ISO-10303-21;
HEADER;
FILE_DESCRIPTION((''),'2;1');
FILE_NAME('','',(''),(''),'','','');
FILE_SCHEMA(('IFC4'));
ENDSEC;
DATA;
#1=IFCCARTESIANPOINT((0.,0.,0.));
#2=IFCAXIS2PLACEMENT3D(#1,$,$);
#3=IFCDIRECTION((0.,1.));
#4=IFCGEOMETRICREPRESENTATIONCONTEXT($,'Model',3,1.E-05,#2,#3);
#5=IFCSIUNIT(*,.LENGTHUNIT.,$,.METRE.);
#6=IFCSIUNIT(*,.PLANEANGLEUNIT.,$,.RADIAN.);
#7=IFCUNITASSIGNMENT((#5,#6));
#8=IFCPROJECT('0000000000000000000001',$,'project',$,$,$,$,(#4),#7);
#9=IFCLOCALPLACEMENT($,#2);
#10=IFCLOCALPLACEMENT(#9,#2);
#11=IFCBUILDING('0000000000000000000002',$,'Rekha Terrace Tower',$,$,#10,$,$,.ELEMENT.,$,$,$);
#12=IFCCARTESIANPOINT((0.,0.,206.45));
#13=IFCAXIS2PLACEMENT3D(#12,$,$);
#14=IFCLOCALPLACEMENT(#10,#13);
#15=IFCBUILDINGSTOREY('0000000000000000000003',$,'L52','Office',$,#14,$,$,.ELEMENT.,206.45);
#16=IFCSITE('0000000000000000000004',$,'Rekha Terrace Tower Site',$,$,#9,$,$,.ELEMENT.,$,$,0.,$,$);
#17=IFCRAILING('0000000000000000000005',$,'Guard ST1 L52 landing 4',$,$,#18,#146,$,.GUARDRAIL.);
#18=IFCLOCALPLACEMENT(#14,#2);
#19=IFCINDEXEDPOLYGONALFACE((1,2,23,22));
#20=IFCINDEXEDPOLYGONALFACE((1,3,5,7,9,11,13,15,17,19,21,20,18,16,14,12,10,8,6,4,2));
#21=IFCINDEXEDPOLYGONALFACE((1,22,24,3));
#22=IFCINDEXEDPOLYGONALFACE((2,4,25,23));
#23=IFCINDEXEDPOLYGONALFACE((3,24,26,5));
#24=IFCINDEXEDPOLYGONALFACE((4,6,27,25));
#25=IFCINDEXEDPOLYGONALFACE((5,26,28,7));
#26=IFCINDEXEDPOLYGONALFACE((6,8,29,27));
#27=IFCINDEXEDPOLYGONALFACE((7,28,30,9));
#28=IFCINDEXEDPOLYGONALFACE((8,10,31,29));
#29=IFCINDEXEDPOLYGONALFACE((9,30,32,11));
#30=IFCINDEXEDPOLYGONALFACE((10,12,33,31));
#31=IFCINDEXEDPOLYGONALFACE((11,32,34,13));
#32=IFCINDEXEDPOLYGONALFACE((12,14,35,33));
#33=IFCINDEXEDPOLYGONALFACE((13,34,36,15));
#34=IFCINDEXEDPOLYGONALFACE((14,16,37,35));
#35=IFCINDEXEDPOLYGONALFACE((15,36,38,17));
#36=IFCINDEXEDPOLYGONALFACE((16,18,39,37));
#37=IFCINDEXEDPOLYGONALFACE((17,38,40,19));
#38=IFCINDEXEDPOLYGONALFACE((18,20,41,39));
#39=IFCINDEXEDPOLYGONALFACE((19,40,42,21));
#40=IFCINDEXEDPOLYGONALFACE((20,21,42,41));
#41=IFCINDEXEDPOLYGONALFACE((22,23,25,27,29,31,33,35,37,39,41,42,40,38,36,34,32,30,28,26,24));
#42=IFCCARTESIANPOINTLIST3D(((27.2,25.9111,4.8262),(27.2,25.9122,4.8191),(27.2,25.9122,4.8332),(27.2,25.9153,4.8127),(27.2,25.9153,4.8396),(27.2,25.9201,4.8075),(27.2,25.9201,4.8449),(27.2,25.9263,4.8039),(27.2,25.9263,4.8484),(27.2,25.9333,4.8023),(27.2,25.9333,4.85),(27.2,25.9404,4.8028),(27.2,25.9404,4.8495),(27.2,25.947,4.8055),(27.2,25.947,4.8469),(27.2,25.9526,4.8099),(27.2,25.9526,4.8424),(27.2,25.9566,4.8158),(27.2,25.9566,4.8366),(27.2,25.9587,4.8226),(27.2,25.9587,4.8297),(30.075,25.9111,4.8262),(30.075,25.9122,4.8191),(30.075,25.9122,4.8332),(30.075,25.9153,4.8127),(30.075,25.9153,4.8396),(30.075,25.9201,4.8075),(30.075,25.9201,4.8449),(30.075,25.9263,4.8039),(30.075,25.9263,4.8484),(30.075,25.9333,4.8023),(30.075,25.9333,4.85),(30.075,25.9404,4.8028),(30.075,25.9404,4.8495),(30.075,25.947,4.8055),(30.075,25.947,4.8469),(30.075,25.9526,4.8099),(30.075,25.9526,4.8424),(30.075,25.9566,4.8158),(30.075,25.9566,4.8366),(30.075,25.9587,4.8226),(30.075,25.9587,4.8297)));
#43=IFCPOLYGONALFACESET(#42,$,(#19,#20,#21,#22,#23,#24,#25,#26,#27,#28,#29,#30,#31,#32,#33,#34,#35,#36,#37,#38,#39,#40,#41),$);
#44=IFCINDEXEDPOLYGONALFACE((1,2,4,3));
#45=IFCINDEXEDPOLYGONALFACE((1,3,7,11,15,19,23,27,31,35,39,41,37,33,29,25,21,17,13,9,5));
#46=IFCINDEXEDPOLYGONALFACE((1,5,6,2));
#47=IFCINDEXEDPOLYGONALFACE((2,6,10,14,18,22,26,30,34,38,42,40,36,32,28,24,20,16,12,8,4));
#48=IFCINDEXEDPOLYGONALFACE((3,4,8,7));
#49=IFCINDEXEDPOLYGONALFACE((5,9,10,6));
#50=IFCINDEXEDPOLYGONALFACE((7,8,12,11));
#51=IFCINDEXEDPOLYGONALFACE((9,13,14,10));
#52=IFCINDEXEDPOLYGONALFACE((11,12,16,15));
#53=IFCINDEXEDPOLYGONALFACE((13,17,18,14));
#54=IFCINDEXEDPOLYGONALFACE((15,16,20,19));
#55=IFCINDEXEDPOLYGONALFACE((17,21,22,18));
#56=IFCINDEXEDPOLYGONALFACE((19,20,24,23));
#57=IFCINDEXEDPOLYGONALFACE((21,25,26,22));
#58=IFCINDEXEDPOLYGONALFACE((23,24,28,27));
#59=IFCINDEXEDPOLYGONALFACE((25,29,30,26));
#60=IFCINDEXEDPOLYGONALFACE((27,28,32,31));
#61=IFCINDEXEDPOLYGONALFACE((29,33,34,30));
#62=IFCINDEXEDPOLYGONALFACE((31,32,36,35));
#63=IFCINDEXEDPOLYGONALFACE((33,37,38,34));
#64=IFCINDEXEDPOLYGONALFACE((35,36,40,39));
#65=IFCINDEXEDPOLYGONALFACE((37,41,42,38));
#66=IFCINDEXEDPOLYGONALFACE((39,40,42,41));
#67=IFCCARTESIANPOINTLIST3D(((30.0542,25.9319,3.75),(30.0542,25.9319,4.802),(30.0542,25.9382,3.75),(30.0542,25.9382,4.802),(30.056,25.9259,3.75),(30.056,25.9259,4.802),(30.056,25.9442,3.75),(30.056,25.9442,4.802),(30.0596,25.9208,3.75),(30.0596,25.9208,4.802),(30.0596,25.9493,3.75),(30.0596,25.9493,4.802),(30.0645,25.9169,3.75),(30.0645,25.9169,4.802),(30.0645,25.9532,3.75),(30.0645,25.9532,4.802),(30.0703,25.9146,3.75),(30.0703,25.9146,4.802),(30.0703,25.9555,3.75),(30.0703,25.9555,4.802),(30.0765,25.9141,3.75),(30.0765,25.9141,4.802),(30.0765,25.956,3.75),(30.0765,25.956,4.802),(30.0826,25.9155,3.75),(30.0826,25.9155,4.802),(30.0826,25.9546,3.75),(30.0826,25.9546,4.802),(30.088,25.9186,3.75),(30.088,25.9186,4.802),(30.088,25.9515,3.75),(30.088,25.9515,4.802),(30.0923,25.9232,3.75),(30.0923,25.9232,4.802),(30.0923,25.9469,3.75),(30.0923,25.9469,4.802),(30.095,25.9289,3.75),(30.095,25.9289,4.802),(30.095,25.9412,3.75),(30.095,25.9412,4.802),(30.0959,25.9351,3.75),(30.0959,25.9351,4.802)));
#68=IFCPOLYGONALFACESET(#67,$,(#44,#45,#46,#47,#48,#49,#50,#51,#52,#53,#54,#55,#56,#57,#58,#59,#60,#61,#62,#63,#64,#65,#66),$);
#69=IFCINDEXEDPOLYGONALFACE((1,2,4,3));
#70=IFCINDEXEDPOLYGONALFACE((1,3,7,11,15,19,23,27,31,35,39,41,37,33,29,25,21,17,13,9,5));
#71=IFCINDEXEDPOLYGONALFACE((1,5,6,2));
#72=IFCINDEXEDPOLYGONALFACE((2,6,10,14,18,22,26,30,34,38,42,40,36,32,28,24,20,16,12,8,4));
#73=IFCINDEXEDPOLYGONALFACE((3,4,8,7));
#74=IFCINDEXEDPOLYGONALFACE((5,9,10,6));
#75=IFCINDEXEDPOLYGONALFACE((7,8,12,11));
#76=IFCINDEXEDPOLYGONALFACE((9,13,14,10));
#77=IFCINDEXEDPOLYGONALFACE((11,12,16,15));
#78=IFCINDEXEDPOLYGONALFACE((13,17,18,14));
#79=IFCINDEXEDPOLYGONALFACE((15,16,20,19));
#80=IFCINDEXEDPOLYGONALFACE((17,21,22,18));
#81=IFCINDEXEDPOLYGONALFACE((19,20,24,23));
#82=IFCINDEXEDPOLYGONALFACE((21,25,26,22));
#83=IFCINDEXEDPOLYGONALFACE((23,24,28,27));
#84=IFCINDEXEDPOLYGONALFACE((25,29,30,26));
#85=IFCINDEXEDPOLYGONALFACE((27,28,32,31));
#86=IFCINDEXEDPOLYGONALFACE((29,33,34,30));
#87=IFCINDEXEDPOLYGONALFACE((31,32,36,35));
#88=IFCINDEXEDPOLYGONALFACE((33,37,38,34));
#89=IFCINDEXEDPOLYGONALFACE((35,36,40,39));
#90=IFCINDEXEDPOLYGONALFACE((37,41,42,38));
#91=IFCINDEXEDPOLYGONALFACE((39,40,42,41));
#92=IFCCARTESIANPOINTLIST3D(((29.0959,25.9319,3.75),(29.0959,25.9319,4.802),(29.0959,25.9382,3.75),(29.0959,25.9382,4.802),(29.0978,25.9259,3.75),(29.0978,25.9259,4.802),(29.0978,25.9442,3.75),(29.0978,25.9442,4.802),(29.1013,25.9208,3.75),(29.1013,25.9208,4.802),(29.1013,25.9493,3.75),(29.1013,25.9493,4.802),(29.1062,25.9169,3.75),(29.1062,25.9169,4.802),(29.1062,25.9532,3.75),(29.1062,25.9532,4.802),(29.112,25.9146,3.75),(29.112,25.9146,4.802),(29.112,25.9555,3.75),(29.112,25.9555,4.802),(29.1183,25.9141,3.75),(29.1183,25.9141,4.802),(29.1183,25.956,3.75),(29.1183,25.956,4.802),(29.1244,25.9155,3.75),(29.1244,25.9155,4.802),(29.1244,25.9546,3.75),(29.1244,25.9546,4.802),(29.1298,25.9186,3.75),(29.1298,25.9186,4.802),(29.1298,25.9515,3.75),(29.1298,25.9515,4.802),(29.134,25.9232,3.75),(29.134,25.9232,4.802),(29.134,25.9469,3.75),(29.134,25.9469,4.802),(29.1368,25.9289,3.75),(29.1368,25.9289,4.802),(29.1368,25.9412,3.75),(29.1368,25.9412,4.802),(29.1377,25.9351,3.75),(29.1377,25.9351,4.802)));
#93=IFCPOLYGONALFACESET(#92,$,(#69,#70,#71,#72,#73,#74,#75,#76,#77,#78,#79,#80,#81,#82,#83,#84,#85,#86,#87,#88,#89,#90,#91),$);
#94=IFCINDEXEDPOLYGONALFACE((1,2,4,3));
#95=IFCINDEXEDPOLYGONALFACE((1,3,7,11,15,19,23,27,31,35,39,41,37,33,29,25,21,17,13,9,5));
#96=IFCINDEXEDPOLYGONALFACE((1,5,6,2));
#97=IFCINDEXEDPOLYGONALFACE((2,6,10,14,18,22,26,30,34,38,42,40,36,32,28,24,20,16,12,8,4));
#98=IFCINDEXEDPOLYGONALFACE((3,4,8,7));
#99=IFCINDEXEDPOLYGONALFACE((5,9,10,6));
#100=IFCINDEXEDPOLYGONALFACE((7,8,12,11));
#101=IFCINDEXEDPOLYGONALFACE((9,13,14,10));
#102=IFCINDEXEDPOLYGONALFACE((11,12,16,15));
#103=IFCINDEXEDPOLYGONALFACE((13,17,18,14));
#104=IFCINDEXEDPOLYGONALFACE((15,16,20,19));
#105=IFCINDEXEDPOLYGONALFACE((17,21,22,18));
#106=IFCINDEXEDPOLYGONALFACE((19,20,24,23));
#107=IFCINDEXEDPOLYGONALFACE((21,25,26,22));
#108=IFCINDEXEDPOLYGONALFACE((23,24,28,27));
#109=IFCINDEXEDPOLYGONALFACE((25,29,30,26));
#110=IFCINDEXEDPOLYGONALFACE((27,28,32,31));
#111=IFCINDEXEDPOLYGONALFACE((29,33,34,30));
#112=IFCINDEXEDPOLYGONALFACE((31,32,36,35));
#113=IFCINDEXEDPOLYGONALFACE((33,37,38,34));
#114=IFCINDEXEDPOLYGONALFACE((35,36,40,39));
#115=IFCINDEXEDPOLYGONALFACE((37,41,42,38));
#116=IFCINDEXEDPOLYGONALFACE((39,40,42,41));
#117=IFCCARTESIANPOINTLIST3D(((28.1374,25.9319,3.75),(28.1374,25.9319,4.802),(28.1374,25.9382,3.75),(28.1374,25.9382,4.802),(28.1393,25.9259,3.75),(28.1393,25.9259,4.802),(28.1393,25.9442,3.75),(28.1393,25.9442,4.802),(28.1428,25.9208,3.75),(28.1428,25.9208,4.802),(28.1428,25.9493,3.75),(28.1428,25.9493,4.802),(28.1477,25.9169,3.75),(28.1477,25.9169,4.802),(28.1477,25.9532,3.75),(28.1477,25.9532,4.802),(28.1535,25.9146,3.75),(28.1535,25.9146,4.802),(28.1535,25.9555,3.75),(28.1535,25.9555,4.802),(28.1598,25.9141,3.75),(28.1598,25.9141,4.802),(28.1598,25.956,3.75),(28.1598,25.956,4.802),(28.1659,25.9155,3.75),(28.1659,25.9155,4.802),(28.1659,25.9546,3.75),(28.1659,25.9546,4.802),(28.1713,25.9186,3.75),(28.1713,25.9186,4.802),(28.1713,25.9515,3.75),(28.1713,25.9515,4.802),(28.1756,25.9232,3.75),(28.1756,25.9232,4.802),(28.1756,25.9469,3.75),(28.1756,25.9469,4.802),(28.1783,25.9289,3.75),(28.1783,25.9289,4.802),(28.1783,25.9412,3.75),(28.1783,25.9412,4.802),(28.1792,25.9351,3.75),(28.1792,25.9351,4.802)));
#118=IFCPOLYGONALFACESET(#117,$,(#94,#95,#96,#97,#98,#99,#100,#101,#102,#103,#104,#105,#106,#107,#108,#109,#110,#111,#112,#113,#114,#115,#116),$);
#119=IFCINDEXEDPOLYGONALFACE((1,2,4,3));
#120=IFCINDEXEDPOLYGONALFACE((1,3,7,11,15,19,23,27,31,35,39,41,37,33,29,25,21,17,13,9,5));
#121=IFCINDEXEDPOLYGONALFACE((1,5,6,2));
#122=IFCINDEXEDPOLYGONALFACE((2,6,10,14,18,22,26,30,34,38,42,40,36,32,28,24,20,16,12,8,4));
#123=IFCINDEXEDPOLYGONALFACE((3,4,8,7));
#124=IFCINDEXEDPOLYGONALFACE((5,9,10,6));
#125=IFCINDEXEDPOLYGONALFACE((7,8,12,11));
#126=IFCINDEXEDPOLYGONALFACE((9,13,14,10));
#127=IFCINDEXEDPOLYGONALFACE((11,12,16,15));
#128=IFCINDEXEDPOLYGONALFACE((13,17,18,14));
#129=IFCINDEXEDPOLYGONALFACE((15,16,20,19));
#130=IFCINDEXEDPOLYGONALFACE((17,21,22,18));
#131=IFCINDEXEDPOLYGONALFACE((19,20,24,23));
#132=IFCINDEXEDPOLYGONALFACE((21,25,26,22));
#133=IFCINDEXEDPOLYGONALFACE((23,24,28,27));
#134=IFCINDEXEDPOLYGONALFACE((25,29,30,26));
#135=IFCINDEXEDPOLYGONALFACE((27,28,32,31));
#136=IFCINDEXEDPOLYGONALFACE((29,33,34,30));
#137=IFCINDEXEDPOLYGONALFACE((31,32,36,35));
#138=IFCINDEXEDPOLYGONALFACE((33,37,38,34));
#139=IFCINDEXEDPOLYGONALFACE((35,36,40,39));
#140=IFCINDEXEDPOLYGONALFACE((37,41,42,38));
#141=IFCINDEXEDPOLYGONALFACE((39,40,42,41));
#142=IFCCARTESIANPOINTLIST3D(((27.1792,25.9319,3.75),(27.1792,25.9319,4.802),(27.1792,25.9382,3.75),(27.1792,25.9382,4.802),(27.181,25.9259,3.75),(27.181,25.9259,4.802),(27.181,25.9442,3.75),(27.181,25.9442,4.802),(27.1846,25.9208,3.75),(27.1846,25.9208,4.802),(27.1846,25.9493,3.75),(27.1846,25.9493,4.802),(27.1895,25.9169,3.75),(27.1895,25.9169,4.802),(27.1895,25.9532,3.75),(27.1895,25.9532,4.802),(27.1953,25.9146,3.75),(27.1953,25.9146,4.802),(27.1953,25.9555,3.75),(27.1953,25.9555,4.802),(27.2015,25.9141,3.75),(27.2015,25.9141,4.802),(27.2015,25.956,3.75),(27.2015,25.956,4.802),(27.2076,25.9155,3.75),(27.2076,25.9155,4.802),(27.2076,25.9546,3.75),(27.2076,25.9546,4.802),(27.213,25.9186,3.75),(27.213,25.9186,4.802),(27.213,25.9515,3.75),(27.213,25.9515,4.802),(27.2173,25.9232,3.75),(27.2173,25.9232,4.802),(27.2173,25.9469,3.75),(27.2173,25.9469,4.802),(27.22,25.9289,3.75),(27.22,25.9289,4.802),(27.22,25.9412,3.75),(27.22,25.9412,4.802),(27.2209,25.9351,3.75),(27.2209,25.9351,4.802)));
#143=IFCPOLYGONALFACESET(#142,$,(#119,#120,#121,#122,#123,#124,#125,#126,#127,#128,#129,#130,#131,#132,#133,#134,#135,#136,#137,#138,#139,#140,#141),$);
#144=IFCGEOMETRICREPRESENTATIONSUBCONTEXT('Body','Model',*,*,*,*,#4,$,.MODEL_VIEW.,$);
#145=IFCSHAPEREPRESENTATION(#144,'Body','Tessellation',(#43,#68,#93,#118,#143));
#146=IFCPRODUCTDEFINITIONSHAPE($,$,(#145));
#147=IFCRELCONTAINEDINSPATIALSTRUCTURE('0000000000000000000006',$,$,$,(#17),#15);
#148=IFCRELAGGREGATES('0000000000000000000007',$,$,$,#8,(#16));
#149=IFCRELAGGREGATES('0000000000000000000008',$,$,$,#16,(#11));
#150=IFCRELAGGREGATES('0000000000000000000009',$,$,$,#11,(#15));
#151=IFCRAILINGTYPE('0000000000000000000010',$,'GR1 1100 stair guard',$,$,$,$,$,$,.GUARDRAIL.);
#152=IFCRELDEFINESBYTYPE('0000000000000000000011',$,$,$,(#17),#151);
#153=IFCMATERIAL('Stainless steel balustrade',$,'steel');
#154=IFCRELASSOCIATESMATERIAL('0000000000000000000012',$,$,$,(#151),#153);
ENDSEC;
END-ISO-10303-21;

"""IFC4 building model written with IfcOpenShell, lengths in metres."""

from ifc_helpers import new_model, si_unit, direction, frame, origin, origin_2d, place, context, subcontext, project, spatial, circle, extrude, material, type_object, element, save


model = new_model("IFC4")

# Units and contexts
model_context = context("Model", 3, precision=1e-05, world=origin(), true_north=direction((0.0, 1.0)))
body_context = subcontext(model_context, "Body", "Model", "MODEL_VIEW")
ifc_project = project(units=[si_unit("LENGTHUNIT", "METRE"), si_unit("PLANEANGLEUNIT", "RADIAN")], contexts=[model_context])

# Site, building, storey
site_placement = place(None, origin())
site = spatial("IfcSite", under=ifc_project, at=site_placement, Name="Rekha Terrace Tower Site", CompositionType="ELEMENT", RefElevation=0.0)
building_placement = place(site_placement, origin())
building = spatial("IfcBuilding", under=site, at=building_placement, Name="Rekha Terrace Tower", CompositionType="ELEMENT")
storey_placement = place(building_placement, frame((0.0, 0.0, 206.45)))
storey = spatial("IfcBuildingStorey", under=building, at=storey_placement, Name="L52", Description="Office", CompositionType="ELEMENT", Elevation=206.45)

# Railing
ifc_material_1 = material(Name="Stainless steel balustrade", Category="steel")
railing_type_1 = type_object("IfcRailingType", Name="GR1 1100 stair guard", PredefinedType="GUARDRAIL", material=ifc_material_1)
railing_1_placement = place(storey_placement, frame((30.075, 25.9351, 3.75)))
element("IfcRailing", 1, at=railing_1_placement, inside=storey, type_object=railing_type_1, Name="Guard ST1 L52 landing 4", PredefinedType="GUARDRAIL", context=body_context, shape_type="SweptSolid", body=[
    extrude(circle(Radius=0.0239, at=origin_2d()), frame((0.0, 0.0, 1.0762), z_axis=(-1.0, 0.0, 0.0), x_axis=(0.0, -1.0, 0.0)), (0.0, 0.0, 1.0), 2.875),
    extrude(circle(Radius=0.021, at=origin_2d()), origin(), (0.0, 0.0, 1.0), 1.052),
    extrude(circle(Radius=0.021, at=origin_2d()), frame((-0.9583, 0.0, 0.0)), (0.0, 0.0, 1.0), 1.052),
    extrude(circle(Radius=0.021, at=origin_2d()), frame((-1.9167, 0.0, 0.0)), (0.0, 0.0, 1.0), 1.052),
    extrude(circle(Radius=0.021, at=origin_2d()), frame((-2.875, 0.0, 0.0)), (0.0, 0.0, 1.0), 1.052),
])

save(model, "model.ifc")
